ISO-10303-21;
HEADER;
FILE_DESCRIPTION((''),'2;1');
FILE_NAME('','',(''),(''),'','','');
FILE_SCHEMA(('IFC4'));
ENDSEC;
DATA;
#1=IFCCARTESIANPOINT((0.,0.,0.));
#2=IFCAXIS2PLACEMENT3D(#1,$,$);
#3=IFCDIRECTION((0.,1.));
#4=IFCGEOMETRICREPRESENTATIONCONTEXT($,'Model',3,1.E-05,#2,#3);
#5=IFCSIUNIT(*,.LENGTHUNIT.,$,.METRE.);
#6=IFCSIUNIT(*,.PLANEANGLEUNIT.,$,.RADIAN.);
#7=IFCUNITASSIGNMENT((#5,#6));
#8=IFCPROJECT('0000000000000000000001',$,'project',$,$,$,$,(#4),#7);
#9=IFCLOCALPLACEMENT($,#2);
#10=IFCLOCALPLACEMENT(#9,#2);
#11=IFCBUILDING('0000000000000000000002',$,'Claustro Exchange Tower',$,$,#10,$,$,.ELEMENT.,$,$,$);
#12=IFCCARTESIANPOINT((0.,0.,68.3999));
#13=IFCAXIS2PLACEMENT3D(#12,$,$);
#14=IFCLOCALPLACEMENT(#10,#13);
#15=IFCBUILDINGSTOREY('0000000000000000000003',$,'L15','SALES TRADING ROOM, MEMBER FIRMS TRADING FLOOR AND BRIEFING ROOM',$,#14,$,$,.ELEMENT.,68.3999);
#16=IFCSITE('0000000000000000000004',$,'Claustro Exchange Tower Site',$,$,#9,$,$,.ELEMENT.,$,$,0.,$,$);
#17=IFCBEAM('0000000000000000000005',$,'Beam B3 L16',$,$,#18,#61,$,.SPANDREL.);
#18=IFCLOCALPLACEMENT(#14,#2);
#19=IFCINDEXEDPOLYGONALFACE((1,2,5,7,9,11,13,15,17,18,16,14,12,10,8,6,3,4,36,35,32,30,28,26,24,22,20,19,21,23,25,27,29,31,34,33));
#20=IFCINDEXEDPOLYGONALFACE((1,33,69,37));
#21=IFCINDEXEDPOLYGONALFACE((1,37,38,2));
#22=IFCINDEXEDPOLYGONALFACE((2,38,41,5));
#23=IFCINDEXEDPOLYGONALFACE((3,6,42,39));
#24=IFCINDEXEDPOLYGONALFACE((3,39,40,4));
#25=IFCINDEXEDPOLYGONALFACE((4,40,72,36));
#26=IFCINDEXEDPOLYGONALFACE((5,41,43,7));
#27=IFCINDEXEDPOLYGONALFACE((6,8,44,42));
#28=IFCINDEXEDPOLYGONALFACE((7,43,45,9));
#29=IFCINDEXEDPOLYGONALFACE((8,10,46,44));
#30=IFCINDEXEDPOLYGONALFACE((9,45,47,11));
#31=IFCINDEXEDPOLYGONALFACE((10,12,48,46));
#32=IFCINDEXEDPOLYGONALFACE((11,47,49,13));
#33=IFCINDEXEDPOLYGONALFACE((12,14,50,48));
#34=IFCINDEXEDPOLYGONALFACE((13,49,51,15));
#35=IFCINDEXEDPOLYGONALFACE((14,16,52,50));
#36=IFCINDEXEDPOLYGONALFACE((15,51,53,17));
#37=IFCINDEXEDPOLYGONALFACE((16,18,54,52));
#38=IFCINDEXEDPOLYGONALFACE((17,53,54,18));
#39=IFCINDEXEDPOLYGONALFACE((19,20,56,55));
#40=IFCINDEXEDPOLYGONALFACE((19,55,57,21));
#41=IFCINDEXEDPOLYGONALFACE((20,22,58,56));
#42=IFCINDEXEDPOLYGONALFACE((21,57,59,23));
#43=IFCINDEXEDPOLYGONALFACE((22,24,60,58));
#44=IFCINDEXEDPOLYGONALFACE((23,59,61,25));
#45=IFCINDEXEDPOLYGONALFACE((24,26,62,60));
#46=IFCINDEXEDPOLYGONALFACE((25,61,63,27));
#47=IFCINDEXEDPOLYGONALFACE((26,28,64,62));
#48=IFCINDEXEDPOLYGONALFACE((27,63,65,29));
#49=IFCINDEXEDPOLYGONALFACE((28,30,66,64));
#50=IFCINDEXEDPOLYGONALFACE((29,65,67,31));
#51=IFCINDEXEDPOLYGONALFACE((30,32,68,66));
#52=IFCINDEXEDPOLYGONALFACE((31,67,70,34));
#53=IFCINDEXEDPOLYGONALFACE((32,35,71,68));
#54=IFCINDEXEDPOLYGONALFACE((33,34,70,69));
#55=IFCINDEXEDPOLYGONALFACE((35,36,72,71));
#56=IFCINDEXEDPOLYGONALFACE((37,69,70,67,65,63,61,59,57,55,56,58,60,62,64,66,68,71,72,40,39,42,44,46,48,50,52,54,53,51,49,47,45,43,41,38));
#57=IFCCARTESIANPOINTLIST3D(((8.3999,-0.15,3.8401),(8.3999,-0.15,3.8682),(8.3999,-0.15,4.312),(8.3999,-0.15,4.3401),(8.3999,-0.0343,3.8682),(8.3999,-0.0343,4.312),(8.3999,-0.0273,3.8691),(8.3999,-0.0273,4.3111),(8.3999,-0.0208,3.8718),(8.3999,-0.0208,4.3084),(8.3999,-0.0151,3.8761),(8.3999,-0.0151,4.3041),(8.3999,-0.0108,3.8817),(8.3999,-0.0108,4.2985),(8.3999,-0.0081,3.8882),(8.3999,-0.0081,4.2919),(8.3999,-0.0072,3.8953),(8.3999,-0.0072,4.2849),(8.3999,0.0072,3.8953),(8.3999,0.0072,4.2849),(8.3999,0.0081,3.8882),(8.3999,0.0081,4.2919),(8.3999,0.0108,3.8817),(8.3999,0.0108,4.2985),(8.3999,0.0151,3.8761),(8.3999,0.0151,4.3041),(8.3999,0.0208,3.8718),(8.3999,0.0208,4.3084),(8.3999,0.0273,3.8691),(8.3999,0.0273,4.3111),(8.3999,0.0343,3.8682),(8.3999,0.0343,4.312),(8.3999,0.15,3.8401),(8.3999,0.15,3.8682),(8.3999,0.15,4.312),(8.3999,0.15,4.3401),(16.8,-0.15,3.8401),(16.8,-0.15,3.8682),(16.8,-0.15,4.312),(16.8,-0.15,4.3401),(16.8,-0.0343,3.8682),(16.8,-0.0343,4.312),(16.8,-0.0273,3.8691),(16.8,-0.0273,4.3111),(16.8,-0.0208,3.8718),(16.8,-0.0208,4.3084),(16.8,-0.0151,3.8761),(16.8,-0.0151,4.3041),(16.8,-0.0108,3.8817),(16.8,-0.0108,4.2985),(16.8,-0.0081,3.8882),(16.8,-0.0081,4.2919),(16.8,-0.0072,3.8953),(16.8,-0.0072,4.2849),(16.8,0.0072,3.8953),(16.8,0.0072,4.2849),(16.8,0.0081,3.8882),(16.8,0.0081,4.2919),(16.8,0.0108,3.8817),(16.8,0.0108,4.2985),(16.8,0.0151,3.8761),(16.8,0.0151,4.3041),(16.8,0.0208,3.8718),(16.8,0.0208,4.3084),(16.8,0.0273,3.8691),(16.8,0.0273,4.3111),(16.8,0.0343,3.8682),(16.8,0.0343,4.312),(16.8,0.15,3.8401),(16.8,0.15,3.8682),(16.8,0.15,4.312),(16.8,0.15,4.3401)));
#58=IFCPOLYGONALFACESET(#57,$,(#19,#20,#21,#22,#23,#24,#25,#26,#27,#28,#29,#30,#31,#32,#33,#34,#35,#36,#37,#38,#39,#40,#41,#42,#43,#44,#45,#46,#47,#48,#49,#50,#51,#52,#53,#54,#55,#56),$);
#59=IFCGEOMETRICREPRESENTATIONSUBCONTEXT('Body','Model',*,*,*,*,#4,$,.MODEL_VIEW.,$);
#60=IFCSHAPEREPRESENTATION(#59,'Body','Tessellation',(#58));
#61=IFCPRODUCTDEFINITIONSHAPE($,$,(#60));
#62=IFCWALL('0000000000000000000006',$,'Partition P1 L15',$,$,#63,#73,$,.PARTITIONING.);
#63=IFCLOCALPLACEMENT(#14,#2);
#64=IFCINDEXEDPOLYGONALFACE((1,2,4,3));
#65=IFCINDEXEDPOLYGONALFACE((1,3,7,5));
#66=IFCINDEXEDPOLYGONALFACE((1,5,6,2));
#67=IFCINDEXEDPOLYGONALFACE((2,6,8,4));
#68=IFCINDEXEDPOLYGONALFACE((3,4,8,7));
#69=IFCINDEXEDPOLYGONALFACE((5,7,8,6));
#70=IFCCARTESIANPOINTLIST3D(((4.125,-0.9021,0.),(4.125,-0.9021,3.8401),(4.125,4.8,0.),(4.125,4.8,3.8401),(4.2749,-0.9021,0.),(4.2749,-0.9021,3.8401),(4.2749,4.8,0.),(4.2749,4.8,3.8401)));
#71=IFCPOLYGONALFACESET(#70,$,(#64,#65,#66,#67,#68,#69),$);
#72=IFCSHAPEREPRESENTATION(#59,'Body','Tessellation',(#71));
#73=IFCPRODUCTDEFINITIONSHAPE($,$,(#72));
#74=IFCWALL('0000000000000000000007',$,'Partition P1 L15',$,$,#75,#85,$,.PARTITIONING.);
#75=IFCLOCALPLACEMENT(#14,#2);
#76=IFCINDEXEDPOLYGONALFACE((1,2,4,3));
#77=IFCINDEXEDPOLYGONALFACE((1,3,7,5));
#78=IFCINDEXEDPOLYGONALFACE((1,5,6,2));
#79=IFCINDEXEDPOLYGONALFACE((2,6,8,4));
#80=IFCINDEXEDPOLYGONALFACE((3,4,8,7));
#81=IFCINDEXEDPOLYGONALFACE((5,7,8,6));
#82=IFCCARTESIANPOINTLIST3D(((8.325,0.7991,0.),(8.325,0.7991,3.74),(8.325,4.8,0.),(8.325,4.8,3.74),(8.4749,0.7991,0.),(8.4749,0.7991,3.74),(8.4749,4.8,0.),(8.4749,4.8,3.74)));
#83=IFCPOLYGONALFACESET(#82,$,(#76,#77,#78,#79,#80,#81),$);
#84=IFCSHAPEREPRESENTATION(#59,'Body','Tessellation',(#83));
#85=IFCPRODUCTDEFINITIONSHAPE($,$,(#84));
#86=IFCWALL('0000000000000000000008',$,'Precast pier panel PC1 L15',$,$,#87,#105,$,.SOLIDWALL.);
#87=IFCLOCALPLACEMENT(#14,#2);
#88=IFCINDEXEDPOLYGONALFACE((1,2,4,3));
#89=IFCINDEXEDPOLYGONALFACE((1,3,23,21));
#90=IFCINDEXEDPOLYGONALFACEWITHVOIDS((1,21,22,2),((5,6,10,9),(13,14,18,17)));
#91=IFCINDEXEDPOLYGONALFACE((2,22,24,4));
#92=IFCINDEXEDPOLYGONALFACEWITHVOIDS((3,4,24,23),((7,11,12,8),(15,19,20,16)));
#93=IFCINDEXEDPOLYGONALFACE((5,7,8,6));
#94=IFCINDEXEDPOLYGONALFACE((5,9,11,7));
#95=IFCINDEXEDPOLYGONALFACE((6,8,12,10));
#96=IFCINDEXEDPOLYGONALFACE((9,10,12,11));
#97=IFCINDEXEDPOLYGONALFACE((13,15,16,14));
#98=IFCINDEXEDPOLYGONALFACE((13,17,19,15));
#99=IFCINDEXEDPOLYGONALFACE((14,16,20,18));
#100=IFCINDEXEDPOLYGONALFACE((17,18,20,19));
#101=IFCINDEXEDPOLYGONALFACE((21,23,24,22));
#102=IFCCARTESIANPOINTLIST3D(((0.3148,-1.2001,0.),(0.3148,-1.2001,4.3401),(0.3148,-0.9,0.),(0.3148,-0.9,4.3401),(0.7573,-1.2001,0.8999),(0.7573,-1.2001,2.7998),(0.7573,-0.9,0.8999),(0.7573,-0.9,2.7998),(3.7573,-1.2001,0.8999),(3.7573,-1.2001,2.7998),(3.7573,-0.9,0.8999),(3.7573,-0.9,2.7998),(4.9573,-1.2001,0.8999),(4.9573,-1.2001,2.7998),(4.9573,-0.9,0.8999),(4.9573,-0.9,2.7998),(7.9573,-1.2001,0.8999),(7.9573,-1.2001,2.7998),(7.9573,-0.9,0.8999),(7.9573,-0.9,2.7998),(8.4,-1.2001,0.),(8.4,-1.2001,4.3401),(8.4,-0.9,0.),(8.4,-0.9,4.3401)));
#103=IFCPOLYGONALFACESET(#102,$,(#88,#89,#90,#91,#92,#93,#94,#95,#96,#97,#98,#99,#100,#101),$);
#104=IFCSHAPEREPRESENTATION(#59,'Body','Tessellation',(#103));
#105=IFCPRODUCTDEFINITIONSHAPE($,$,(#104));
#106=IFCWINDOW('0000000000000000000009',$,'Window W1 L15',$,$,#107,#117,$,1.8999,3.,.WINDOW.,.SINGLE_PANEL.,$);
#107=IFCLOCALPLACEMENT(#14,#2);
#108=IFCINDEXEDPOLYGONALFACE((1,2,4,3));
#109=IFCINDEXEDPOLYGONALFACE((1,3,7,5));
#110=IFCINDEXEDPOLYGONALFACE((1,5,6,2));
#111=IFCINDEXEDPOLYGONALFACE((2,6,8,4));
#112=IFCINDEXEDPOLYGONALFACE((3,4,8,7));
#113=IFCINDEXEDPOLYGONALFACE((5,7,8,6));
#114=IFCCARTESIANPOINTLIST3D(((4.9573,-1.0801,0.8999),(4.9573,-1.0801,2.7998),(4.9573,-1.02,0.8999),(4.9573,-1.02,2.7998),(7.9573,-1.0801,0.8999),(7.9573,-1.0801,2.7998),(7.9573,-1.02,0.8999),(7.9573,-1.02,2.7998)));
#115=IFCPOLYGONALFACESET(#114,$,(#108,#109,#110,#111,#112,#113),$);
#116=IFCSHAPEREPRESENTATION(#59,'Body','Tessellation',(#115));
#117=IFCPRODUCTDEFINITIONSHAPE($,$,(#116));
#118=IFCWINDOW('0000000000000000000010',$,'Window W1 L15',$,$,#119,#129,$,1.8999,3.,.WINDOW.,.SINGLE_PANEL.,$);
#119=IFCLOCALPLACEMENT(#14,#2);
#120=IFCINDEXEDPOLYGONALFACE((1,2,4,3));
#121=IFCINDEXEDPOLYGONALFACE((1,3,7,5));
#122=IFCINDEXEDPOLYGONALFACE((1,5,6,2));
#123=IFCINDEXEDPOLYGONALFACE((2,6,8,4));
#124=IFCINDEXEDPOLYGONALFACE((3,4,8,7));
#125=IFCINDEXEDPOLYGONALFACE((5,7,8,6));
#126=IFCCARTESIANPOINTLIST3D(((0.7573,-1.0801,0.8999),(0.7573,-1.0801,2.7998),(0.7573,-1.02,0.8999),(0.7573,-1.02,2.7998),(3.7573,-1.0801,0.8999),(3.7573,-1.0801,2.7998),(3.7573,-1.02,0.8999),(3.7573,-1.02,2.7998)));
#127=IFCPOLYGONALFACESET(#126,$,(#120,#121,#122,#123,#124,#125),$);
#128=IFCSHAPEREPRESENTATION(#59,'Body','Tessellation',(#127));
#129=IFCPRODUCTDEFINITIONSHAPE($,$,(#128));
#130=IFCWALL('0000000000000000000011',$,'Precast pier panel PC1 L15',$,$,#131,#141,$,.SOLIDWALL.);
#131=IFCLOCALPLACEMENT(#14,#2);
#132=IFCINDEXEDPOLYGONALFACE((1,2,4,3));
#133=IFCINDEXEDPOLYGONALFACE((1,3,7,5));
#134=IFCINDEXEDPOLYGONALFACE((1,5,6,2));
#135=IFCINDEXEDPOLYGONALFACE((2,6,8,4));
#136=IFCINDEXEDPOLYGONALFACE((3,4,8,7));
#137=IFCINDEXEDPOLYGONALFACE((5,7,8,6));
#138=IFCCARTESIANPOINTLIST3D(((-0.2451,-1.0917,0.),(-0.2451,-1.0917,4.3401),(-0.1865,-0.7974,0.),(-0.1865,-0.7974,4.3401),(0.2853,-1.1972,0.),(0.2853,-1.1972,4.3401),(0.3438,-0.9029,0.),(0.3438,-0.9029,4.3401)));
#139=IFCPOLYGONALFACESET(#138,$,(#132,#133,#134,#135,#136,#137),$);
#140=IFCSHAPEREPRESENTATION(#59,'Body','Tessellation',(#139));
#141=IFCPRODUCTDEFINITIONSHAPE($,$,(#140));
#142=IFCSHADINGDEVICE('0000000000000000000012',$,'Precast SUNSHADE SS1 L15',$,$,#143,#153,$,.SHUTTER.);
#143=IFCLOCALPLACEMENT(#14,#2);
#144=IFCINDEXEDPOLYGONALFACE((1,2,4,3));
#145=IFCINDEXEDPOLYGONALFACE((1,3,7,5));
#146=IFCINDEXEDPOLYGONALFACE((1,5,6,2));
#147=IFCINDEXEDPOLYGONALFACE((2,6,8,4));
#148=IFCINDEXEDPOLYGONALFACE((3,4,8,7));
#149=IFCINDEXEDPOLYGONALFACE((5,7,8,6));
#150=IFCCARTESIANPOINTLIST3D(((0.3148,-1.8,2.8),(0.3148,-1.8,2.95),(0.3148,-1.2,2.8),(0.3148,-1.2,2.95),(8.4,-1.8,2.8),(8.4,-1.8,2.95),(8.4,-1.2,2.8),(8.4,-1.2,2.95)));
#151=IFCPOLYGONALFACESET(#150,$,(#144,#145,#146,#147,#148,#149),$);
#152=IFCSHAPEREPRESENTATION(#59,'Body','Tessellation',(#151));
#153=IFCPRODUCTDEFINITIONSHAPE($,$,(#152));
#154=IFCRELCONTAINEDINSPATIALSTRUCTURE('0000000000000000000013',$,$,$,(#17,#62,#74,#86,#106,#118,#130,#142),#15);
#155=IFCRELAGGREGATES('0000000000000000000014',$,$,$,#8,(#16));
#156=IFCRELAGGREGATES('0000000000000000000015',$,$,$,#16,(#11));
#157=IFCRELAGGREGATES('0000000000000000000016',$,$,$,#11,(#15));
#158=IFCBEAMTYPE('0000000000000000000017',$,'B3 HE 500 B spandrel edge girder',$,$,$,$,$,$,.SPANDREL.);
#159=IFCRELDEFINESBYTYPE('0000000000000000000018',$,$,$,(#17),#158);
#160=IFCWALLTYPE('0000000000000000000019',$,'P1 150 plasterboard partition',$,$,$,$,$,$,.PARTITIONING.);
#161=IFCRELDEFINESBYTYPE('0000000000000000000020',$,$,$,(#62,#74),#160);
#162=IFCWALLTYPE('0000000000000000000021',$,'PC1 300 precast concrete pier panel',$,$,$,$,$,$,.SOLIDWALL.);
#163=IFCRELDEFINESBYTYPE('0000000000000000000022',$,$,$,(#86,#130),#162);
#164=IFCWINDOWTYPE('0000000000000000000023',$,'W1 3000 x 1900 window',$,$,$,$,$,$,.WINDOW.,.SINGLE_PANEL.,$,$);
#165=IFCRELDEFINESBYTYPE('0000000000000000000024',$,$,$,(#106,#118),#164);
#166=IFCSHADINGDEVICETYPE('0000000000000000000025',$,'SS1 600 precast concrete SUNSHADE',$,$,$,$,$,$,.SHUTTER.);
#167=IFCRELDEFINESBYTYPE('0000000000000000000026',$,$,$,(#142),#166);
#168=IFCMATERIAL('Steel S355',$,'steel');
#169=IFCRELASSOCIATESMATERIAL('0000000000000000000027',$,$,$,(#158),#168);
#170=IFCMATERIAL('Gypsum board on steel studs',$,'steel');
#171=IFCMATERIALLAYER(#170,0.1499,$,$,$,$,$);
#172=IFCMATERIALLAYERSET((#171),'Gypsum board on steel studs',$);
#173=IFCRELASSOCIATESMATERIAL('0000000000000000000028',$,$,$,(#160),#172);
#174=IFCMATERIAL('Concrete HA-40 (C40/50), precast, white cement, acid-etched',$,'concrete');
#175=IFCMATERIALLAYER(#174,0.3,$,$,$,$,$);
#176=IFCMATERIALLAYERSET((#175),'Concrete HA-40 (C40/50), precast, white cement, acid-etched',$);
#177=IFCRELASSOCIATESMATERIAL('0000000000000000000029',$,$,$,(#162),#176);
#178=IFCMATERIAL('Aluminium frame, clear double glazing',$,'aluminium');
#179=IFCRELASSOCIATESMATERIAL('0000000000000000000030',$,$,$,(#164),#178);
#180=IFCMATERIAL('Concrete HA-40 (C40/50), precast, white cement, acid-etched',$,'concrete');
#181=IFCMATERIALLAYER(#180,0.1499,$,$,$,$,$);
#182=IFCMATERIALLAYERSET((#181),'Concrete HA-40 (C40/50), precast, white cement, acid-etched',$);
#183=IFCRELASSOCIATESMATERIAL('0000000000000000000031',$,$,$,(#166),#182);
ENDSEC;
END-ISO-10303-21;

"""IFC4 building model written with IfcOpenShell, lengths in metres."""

from ifc_helpers import new_model, si_unit, direction, frame, frame_2d, origin, origin_2d, place, context, subcontext, project, spatial, rectangle, i_section, extrude, material, layer, layer_set, material_profile, profile_set, type_object, element, fill, save


model = new_model("IFC4")

# Units and contexts
model_context = context("Model", 3, precision=1e-05, world=origin(), true_north=direction((0.0, 1.0)))
body_context = subcontext(model_context, "Body", "Model", "MODEL_VIEW")
ifc_project = project(units=[si_unit("LENGTHUNIT", "METRE"), si_unit("PLANEANGLEUNIT", "RADIAN")], contexts=[model_context])

# Site, building, storey
site_placement = place(None, origin())
site = spatial("IfcSite", under=ifc_project, at=site_placement, Name="Claustro Exchange Tower Site", CompositionType="ELEMENT", RefElevation=0.0)
building_placement = place(site_placement, origin())
building = spatial("IfcBuilding", under=site, at=building_placement, Name="Claustro Exchange Tower", CompositionType="ELEMENT")
storey_placement = place(building_placement, frame((0.0, 0.0, 68.3999)))
storey = spatial("IfcBuildingStorey", under=building, at=storey_placement, Name="L15", Description="SALES TRADING ROOM, MEMBER FIRMS TRADING FLOOR AND BRIEFING ROOM", CompositionType="ELEMENT", Elevation=68.3999)

# Beam
ifc_material_1 = material(Name="Steel S355", Category="steel")
ifc_material_profile_1 = material_profile(ifc_material_1, i_section(OverallWidth=0.3, OverallDepth=0.5, WebThickness=0.0144, FlangeThickness=0.0281, FilletRadius=0.0271, at=origin_2d()), Name="HE 500 B")
ifc_profile_set_1 = profile_set([ifc_material_profile_1], Name="Steel S355")
beam_type_1 = type_object("IfcBeamType", Name="B3 HE 500 B spandrel edge girder", PredefinedType="SPANDREL", material=ifc_profile_set_1)
beam_1_placement = place(storey_placement, frame((8.3999, 0.0, 4.0901), z_axis=(1.0, 0.0, 0.0), x_axis=(0.0, 1.0, 0.0)))
element("IfcBeam", 1, at=beam_1_placement, inside=storey, type_object=beam_type_1, Name="Beam B3 L16", PredefinedType="SPANDREL", context=body_context, shape_type="SweptSolid", body=[
    extrude(i_section(OverallWidth=0.3, OverallDepth=0.5, WebThickness=0.0144, FlangeThickness=0.0281, FilletRadius=0.0271, at=origin_2d()), origin(), (0.0, 0.0, 1.0), 8.4001),
])

# Walls
ifc_material_2 = material(Name="Gypsum board on steel studs", Category="steel")
ifc_layer_1 = layer(ifc_material_2, 0.1499)
ifc_layer_set_1 = layer_set([ifc_layer_1], Name="Gypsum board on steel studs")
wall_type_1 = type_object("IfcWallType", Name="P1 150 plasterboard partition", PredefinedType="PARTITIONING", material=ifc_layer_set_1)
wall_1_placement = place(storey_placement, frame((4.2, -0.9021, 0.0), z_axis=(0.0, 0.0, 1.0), x_axis=(0.0, 1.0, 0.0)))
element("IfcWall", 2, at=wall_1_placement, inside=storey, type_object=wall_type_1, Name="Partition P1 L15", PredefinedType="PARTITIONING", context=body_context, shape_type="SweptSolid", body=[
    extrude(rectangle(XDim=5.7021, YDim=0.1499, at=frame_2d((2.8511, 0.0))), origin(), (0.0, 0.0, 1.0), 3.8401),
])
wall_2_placement = place(storey_placement, frame((8.3999, 0.7991, 0.0), z_axis=(0.0, 0.0, 1.0), x_axis=(0.0, 1.0, 0.0)))
element("IfcWall", 3, at=wall_2_placement, inside=storey, type_object=wall_type_1, Name="Partition P1 L15", PredefinedType="PARTITIONING", context=body_context, shape_type="SweptSolid", body=[
    extrude(rectangle(XDim=4.001, YDim=0.1499, at=frame_2d((2.0005, 0.0))), origin(), (0.0, 0.0, 1.0), 3.74),
])

# Wall, openings, windows
ifc_material_3 = material(Name="Concrete HA-40 (C40/50), precast, white cement, acid-etched", Category="concrete")
ifc_layer_2 = layer(ifc_material_3, 0.3)
ifc_layer_set_2 = layer_set([ifc_layer_2], Name="Concrete HA-40 (C40/50), precast, white cement, acid-etched")
wall_type_2 = type_object("IfcWallType", Name="PC1 300 precast concrete pier panel", PredefinedType="SOLIDWALL", material=ifc_layer_set_2)
wall_3_placement = place(storey_placement, frame((8.3999, -1.05, 0.0), z_axis=(0.0, 0.0, 1.0), x_axis=(-1.0, 0.0, 0.0)))
wall_3 = element("IfcWall", 4, at=wall_3_placement, inside=storey, type_object=wall_type_2, Name="Precast pier panel PC1 L15", PredefinedType="SOLIDWALL", context=body_context, shape_type="SweptSolid", body=[
    extrude(rectangle(XDim=8.0852, YDim=0.3, at=frame_2d((4.0425, 0.0))), origin(), (0.0, 0.0, 1.0), 4.3401),
])
opening_1_placement = place(wall_3_placement, frame((0.4426, 0.0, 0.8999)))
opening_1 = element("IfcOpeningElement", 5, at=opening_1_placement, cuts=wall_3, PredefinedType="OPENING", context=body_context, shape_type="SweptSolid", body=[
    extrude(rectangle(XDim=3.0, YDim=1.8999, at=frame_2d((1.5, 0.95))), frame((0.0, 0.1599, 0.0), z_axis=(0.0, -1.0, 0.0), x_axis=(1.0, 0.0, 0.0)), (0.0, 0.0, 1.0), 0.3201),
])
opening_2_placement = place(wall_3_placement, frame((4.6426, 0.0, 0.8999)))
opening_2 = element("IfcOpeningElement", 6, at=opening_2_placement, cuts=wall_3, PredefinedType="OPENING", context=body_context, shape_type="SweptSolid", body=[
    extrude(rectangle(XDim=3.0, YDim=1.8999, at=frame_2d((1.5, 0.95))), frame((0.0, 0.1599, 0.0), z_axis=(0.0, -1.0, 0.0), x_axis=(1.0, 0.0, 0.0)), (0.0, 0.0, 1.0), 0.3201),
])
ifc_material_4 = material(Name="Aluminium frame, clear double glazing", Category="aluminium")
window_type = type_object("IfcWindowType", Name="W1 3000 x 1900 window", PartitioningType="SINGLE_PANEL", PredefinedType="WINDOW", material=ifc_material_4)
window_1_placement = place(opening_1_placement, origin())
window_1 = element("IfcWindow", 7, at=window_1_placement, inside=storey, type_object=window_type, Name="Window W1 L15", OverallHeight=1.8999, OverallWidth=3.0, PartitioningType="SINGLE_PANEL", PredefinedType="WINDOW", context=body_context, shape_type="SweptSolid", body=[
    extrude(rectangle(XDim=3.0, YDim=1.8999, at=frame_2d((1.5, 0.95))), frame((0.0, 0.03, 0.0), z_axis=(0.0, -1.0, 0.0), x_axis=(1.0, 0.0, 0.0)), (0.0, 0.0, 1.0), 0.0601),
])
fill(opening_1, window_1)
window_2_placement = place(opening_2_placement, origin())
window_2 = element("IfcWindow", 8, at=window_2_placement, inside=storey, type_object=window_type, Name="Window W1 L15", OverallHeight=1.8999, OverallWidth=3.0, PartitioningType="SINGLE_PANEL", PredefinedType="WINDOW", context=body_context, shape_type="SweptSolid", body=[
    extrude(rectangle(XDim=3.0, YDim=1.8999, at=frame_2d((1.5, 0.95))), frame((0.0, 0.03, 0.0), z_axis=(0.0, -1.0, 0.0), x_axis=(1.0, 0.0, 0.0)), (0.0, 0.0, 1.0), 0.0601),
])
fill(opening_2, window_2)

# Wall
wall_4_placement = place(storey_placement, frame((0.3147, -1.05, 0.0), z_axis=(0.0, 0.0, 1.0), x_axis=(-0.980789, 0.195074, 0.0)))
element("IfcWall", 9, at=wall_4_placement, inside=storey, type_object=wall_type_2, Name="Precast pier panel PC1 L15", PredefinedType="SOLIDWALL", context=body_context, shape_type="SweptSolid", body=[
    extrude(rectangle(XDim=0.5408, YDim=0.3, at=frame_2d((0.2705, 0.0))), origin(), (0.0, 0.0, 1.0), 4.3401),
])

# Shading device
ifc_material_5 = material(Name="Concrete HA-40 (C40/50), precast, white cement, acid-etched", Category="concrete")
ifc_layer_3 = layer(ifc_material_5, 0.1499)
ifc_layer_set_3 = layer_set([ifc_layer_3], Name="Concrete HA-40 (C40/50), precast, white cement, acid-etched")
shading_device_type = type_object("IfcShadingDeviceType", Name="SS1 600 precast concrete SUNSHADE", PredefinedType="SHUTTER", material=ifc_layer_set_3)
shading_device_placement = place(storey_placement, frame((4.3574, -1.5, 2.8), z_axis=(0.0, 0.0, 1.0), x_axis=(-1.0, 0.0, 0.0)))
element("IfcShadingDevice", 10, at=shading_device_placement, inside=storey, type_object=shading_device_type, Name="Precast SUNSHADE SS1 L15", PredefinedType="SHUTTER", context=body_context, shape_type="SweptSolid", body=[
    extrude(rectangle(XDim=8.0852, YDim=0.6001, at=origin_2d()), origin(), (0.0, 0.0, 1.0), 0.1499),
])

save(model, "model.ifc")
